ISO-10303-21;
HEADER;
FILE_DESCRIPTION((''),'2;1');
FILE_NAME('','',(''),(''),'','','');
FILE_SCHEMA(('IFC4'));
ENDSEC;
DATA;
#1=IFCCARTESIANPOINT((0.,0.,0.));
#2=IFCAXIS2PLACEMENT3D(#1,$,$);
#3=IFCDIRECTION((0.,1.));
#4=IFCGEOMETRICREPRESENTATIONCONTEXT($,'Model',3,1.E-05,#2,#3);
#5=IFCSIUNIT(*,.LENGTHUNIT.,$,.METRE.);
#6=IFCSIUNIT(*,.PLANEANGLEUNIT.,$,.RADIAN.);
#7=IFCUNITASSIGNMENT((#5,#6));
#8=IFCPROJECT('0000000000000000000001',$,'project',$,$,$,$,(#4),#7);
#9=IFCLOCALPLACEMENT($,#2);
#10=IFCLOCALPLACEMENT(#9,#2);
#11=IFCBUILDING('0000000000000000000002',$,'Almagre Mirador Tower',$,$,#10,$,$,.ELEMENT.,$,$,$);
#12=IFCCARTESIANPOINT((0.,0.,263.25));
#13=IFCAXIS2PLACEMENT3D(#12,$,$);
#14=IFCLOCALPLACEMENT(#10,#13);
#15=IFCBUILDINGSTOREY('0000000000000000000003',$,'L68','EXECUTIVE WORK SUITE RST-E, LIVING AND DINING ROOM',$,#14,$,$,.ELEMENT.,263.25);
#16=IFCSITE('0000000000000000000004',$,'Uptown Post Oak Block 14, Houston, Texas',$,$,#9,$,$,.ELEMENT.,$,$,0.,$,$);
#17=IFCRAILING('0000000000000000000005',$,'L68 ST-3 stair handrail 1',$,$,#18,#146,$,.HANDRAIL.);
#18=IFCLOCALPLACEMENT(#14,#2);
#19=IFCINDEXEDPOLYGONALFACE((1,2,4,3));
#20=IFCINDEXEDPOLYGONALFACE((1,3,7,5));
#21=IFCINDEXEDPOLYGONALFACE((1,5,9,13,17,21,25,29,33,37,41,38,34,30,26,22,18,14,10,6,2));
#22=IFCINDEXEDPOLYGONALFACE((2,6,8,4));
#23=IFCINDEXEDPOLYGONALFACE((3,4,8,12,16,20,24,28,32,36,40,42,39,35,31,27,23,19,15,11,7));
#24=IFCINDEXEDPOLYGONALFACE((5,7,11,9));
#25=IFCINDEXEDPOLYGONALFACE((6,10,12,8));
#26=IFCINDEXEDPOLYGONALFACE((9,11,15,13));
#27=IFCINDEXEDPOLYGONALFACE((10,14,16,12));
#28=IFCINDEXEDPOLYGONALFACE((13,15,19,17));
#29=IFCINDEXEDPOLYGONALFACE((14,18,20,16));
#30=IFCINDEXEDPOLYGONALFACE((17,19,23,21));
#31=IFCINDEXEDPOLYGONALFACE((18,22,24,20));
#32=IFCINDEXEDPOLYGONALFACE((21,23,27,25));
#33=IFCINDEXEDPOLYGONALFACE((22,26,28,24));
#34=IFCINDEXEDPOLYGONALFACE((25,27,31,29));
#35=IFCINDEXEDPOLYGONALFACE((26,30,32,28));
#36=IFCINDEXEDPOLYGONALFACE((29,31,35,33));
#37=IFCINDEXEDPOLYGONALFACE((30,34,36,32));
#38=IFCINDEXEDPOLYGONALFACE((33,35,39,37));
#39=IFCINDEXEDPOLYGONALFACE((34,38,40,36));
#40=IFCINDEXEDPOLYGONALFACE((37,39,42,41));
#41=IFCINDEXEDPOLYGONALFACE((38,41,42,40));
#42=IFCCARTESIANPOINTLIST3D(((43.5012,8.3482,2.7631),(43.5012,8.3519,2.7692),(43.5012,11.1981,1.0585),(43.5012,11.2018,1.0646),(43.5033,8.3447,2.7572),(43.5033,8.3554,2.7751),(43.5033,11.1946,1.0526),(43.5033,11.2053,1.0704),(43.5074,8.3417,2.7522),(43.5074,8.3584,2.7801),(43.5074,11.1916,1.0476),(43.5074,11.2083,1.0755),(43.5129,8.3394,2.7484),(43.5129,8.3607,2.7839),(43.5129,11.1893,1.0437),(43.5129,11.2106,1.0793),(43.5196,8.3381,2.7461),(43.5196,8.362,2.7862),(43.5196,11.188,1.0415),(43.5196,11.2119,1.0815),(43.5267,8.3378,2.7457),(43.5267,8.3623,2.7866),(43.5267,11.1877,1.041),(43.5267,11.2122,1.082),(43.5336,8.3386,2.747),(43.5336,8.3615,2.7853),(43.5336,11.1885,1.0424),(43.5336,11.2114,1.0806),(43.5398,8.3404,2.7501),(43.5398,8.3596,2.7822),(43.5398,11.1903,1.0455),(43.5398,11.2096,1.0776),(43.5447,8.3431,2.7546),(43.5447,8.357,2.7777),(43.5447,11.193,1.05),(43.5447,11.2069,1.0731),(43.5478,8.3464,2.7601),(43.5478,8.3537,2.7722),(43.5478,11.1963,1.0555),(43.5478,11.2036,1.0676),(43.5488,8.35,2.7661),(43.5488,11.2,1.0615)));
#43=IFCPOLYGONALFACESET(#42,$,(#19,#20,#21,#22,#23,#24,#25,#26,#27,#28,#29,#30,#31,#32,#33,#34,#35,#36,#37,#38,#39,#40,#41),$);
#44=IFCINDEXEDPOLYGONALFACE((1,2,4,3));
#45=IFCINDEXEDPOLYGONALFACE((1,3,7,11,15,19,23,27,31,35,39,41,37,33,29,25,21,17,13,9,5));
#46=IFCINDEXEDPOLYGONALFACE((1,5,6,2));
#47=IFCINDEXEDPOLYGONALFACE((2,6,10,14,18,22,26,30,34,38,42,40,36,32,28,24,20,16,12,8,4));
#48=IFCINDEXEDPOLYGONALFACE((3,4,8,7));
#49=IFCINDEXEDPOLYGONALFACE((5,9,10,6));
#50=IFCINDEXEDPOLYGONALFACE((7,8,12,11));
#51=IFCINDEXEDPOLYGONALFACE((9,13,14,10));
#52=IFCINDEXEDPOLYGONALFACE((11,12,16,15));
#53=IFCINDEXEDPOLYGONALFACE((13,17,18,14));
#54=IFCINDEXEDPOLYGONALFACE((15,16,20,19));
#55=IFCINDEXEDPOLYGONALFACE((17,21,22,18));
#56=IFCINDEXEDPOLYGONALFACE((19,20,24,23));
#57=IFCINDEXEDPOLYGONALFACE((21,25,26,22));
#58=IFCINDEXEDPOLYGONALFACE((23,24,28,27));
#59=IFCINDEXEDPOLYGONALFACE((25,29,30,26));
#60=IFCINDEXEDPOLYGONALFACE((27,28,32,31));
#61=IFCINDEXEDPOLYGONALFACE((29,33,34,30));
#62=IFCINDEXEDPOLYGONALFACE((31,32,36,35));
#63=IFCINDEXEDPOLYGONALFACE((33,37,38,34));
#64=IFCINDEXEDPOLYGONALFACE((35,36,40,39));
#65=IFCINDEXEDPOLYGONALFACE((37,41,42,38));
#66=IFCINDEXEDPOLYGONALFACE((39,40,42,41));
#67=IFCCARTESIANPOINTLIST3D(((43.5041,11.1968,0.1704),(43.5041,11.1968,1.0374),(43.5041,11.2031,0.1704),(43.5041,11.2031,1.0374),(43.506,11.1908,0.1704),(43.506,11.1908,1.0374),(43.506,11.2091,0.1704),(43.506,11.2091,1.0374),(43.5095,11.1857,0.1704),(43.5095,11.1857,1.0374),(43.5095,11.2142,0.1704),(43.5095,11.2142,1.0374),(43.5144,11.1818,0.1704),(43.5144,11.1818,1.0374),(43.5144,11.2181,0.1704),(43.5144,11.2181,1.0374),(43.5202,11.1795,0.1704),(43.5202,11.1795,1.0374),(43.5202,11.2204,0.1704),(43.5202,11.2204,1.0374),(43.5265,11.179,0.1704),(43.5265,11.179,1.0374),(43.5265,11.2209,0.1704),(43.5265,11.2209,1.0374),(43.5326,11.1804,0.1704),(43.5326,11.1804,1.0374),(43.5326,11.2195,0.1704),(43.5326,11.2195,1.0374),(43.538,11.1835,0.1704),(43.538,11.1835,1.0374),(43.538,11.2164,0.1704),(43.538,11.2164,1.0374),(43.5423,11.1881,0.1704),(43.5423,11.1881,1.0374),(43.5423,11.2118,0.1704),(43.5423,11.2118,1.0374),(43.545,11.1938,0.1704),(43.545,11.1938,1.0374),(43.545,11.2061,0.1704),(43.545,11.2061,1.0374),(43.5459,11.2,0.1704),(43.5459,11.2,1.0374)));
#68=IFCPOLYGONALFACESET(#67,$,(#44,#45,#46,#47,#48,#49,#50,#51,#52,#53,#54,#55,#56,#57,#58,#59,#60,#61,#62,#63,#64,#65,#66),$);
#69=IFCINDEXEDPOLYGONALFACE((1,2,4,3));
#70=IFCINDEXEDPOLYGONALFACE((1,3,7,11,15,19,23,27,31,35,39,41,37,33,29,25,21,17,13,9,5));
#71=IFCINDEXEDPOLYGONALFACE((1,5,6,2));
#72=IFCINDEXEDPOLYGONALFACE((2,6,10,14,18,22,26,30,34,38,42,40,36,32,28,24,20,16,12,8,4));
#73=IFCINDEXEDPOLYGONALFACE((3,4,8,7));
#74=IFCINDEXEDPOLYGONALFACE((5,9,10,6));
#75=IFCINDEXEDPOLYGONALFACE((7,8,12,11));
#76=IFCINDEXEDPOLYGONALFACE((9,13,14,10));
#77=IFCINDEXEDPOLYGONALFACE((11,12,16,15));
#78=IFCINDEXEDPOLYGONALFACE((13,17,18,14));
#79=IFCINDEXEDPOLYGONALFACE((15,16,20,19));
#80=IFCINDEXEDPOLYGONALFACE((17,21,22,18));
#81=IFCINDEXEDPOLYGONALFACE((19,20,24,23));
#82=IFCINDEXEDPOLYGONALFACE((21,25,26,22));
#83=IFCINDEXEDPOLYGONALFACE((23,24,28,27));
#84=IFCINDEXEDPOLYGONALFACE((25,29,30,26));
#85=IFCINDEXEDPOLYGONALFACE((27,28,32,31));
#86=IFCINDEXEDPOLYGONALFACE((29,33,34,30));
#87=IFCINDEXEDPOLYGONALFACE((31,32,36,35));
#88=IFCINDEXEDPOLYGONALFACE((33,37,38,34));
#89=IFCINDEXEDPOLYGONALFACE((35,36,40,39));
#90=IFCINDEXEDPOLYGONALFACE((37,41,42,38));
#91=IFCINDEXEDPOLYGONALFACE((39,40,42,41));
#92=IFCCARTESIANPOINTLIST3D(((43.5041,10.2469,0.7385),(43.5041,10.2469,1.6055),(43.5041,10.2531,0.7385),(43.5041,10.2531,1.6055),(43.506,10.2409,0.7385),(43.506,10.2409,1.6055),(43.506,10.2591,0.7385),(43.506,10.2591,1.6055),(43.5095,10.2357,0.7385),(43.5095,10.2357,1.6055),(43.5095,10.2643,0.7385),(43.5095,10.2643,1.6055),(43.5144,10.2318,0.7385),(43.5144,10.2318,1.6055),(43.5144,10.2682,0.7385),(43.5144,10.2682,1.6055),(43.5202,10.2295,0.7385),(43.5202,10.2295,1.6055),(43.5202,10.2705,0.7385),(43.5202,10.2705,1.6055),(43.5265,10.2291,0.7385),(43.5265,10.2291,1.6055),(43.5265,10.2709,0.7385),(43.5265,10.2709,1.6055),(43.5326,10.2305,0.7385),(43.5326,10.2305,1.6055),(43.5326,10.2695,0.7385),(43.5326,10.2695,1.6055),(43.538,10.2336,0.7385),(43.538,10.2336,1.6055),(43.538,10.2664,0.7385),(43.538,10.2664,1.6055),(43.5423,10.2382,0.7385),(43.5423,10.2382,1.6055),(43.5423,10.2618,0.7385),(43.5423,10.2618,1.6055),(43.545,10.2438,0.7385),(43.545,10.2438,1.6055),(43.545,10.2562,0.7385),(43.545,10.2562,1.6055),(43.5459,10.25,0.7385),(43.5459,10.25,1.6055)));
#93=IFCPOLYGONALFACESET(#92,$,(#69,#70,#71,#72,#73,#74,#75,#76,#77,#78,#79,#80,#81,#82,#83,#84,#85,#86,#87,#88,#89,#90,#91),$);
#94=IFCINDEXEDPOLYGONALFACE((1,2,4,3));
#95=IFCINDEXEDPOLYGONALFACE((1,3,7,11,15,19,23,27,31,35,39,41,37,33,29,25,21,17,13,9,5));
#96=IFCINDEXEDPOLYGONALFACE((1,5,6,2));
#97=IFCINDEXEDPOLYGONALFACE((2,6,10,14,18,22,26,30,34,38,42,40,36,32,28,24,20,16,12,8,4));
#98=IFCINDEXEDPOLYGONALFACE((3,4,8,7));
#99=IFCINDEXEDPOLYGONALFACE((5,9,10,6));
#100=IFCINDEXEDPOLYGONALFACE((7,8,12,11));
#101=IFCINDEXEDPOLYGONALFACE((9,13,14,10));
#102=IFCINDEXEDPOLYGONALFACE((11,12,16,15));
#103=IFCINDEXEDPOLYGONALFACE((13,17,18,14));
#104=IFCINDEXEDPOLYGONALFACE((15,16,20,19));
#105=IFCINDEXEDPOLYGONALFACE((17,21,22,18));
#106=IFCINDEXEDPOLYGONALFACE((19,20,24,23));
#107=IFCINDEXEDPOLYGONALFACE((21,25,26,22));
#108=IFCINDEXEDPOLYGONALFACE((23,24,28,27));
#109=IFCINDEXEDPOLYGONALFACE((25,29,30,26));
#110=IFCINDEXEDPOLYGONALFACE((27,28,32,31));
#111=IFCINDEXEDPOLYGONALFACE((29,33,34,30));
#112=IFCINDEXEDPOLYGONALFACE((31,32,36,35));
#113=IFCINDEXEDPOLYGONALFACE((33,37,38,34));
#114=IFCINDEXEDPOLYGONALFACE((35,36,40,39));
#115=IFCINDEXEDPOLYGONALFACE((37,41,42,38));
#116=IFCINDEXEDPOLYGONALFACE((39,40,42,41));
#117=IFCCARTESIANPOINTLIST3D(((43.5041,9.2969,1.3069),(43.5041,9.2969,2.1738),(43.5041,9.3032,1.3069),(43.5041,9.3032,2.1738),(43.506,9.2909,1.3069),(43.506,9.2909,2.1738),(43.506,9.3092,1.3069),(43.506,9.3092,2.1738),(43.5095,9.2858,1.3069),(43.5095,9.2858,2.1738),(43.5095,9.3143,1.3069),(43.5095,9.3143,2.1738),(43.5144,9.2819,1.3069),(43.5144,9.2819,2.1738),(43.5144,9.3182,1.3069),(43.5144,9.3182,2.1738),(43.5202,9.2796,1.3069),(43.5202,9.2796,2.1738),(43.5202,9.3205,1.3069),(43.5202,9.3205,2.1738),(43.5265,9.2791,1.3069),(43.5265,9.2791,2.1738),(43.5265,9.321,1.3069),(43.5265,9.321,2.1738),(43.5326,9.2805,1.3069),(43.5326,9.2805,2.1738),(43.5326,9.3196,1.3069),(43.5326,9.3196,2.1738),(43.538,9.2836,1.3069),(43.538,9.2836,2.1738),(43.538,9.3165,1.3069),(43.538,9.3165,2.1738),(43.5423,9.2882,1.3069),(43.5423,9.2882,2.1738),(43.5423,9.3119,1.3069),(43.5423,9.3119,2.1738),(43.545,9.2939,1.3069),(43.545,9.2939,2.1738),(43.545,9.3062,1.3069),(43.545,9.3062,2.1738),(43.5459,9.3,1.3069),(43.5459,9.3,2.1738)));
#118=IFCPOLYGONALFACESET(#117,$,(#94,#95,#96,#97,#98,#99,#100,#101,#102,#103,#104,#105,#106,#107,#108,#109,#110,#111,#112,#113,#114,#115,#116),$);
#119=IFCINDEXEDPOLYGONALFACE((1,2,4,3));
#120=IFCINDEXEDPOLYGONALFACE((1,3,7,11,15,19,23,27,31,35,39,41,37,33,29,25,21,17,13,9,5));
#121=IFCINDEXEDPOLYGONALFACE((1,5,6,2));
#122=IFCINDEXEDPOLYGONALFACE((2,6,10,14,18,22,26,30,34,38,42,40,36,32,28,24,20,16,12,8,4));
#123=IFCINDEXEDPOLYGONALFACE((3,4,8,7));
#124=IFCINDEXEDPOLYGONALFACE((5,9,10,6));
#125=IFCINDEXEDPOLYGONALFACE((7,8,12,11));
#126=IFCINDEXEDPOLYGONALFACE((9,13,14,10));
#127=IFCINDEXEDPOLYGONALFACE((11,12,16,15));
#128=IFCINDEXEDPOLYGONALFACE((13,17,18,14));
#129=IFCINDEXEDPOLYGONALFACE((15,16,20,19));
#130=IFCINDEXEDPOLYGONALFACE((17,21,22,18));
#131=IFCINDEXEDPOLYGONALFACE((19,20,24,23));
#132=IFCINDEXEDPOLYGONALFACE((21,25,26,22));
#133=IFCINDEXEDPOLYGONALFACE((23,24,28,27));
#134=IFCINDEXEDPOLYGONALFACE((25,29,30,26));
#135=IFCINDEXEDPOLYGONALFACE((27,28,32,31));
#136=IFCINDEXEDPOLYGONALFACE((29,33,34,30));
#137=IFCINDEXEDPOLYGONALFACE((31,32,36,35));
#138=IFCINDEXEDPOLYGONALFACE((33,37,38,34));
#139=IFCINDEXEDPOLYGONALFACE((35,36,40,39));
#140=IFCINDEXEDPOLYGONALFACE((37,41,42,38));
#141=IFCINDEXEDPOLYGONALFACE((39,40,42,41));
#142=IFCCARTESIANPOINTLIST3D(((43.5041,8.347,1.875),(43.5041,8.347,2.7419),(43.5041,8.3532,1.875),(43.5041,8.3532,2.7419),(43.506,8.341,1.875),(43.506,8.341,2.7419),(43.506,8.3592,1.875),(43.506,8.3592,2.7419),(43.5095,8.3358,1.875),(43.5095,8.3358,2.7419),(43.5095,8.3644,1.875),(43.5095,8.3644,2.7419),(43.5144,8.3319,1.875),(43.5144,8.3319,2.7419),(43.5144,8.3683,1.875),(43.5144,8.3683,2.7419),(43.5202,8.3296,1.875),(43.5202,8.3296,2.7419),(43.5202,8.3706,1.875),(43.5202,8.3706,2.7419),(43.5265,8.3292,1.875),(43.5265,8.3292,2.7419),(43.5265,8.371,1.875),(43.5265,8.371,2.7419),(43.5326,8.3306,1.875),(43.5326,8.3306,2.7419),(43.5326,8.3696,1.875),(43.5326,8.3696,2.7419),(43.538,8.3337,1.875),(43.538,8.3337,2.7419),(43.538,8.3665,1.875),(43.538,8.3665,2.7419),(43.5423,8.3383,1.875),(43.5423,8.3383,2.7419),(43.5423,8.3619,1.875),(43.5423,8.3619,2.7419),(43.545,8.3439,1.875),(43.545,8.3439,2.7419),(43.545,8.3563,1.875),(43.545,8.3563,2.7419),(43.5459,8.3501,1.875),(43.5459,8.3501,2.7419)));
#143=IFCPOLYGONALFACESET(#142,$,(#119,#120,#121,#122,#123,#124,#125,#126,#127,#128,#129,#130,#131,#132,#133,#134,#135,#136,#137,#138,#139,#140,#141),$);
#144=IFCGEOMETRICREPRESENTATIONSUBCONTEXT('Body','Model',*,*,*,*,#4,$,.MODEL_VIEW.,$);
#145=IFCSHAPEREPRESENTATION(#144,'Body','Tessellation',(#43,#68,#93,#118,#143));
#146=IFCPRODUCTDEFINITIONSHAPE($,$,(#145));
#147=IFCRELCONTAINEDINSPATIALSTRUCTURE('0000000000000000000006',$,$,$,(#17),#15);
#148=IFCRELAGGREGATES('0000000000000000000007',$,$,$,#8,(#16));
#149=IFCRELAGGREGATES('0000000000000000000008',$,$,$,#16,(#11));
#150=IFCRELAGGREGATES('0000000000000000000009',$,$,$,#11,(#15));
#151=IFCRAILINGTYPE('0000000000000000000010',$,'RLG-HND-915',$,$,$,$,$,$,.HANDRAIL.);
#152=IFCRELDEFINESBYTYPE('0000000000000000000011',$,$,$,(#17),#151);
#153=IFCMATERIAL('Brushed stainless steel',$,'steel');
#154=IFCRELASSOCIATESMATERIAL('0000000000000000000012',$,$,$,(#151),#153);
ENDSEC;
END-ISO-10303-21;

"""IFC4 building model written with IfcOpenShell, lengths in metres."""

from ifc_helpers import new_model, si_unit, direction, frame, origin, origin_2d, place, context, subcontext, project, spatial, circle, extrude, material, type_object, element, save


model = new_model("IFC4")

# Units and contexts
model_context = context("Model", 3, precision=1e-05, world=origin(), true_north=direction((0.0, 1.0)))
body_context = subcontext(model_context, "Body", "Model", "MODEL_VIEW")
ifc_project = project(units=[si_unit("LENGTHUNIT", "METRE"), si_unit("PLANEANGLEUNIT", "RADIAN")], contexts=[model_context])

# Site, building, storey
site_placement = place(None, origin())
site = spatial("IfcSite", under=ifc_project, at=site_placement, Name="Uptown Post Oak Block 14, Houston, Texas", CompositionType="ELEMENT", RefElevation=0.0)
building_placement = place(site_placement, origin())
building = spatial("IfcBuilding", under=site, at=building_placement, Name="Almagre Mirador Tower", CompositionType="ELEMENT")
storey_placement = place(building_placement, frame((0.0, 0.0, 263.25)))
storey = spatial("IfcBuildingStorey", under=building, at=storey_placement, Name="L68", Description="EXECUTIVE WORK SUITE RST-E, LIVING AND DINING ROOM", CompositionType="ELEMENT", Elevation=263.25)

# Railing
ifc_material_1 = material(Name="Brushed stainless steel", Category="steel")
railing_type_1 = type_object("IfcRailingType", Name="RLG-HND-915", PredefinedType="HANDRAIL", material=ifc_material_1)
railing_1_placement = place(storey_placement, frame((43.5249, 11.2, 0.1704)))
element("IfcRailing", 1, at=railing_1_placement, inside=storey, type_object=railing_type_1, Name="L68 ST-3 stair handrail 1", PredefinedType="HANDRAIL", context=body_context, shape_type="SweptSolid", body=[
    extrude(circle(Radius=0.0239, at=origin_2d()), frame((0.0, 0.0, 0.8911), z_axis=(0.0, -0.858199, 0.513317), x_axis=(1.0, 0.0, 0.0)), (0.0, 0.0, 1.0), 3.3208),
    extrude(circle(Radius=0.021, at=origin_2d()), origin(), (0.0, 0.0, 1.0), 0.8669),
    extrude(circle(Radius=0.021, at=origin_2d()), frame((0.0, -0.95, 0.5681)), (0.0, 0.0, 1.0), 0.8669),
    extrude(circle(Radius=0.021, at=origin_2d()), frame((0.0, -1.8999, 1.1365)), (0.0, 0.0, 1.0), 0.8669),
    extrude(circle(Radius=0.021, at=origin_2d()), frame((0.0, -2.8499, 1.7046)), (0.0, 0.0, 1.0), 0.8669),
])

save(model, "model.ifc")
